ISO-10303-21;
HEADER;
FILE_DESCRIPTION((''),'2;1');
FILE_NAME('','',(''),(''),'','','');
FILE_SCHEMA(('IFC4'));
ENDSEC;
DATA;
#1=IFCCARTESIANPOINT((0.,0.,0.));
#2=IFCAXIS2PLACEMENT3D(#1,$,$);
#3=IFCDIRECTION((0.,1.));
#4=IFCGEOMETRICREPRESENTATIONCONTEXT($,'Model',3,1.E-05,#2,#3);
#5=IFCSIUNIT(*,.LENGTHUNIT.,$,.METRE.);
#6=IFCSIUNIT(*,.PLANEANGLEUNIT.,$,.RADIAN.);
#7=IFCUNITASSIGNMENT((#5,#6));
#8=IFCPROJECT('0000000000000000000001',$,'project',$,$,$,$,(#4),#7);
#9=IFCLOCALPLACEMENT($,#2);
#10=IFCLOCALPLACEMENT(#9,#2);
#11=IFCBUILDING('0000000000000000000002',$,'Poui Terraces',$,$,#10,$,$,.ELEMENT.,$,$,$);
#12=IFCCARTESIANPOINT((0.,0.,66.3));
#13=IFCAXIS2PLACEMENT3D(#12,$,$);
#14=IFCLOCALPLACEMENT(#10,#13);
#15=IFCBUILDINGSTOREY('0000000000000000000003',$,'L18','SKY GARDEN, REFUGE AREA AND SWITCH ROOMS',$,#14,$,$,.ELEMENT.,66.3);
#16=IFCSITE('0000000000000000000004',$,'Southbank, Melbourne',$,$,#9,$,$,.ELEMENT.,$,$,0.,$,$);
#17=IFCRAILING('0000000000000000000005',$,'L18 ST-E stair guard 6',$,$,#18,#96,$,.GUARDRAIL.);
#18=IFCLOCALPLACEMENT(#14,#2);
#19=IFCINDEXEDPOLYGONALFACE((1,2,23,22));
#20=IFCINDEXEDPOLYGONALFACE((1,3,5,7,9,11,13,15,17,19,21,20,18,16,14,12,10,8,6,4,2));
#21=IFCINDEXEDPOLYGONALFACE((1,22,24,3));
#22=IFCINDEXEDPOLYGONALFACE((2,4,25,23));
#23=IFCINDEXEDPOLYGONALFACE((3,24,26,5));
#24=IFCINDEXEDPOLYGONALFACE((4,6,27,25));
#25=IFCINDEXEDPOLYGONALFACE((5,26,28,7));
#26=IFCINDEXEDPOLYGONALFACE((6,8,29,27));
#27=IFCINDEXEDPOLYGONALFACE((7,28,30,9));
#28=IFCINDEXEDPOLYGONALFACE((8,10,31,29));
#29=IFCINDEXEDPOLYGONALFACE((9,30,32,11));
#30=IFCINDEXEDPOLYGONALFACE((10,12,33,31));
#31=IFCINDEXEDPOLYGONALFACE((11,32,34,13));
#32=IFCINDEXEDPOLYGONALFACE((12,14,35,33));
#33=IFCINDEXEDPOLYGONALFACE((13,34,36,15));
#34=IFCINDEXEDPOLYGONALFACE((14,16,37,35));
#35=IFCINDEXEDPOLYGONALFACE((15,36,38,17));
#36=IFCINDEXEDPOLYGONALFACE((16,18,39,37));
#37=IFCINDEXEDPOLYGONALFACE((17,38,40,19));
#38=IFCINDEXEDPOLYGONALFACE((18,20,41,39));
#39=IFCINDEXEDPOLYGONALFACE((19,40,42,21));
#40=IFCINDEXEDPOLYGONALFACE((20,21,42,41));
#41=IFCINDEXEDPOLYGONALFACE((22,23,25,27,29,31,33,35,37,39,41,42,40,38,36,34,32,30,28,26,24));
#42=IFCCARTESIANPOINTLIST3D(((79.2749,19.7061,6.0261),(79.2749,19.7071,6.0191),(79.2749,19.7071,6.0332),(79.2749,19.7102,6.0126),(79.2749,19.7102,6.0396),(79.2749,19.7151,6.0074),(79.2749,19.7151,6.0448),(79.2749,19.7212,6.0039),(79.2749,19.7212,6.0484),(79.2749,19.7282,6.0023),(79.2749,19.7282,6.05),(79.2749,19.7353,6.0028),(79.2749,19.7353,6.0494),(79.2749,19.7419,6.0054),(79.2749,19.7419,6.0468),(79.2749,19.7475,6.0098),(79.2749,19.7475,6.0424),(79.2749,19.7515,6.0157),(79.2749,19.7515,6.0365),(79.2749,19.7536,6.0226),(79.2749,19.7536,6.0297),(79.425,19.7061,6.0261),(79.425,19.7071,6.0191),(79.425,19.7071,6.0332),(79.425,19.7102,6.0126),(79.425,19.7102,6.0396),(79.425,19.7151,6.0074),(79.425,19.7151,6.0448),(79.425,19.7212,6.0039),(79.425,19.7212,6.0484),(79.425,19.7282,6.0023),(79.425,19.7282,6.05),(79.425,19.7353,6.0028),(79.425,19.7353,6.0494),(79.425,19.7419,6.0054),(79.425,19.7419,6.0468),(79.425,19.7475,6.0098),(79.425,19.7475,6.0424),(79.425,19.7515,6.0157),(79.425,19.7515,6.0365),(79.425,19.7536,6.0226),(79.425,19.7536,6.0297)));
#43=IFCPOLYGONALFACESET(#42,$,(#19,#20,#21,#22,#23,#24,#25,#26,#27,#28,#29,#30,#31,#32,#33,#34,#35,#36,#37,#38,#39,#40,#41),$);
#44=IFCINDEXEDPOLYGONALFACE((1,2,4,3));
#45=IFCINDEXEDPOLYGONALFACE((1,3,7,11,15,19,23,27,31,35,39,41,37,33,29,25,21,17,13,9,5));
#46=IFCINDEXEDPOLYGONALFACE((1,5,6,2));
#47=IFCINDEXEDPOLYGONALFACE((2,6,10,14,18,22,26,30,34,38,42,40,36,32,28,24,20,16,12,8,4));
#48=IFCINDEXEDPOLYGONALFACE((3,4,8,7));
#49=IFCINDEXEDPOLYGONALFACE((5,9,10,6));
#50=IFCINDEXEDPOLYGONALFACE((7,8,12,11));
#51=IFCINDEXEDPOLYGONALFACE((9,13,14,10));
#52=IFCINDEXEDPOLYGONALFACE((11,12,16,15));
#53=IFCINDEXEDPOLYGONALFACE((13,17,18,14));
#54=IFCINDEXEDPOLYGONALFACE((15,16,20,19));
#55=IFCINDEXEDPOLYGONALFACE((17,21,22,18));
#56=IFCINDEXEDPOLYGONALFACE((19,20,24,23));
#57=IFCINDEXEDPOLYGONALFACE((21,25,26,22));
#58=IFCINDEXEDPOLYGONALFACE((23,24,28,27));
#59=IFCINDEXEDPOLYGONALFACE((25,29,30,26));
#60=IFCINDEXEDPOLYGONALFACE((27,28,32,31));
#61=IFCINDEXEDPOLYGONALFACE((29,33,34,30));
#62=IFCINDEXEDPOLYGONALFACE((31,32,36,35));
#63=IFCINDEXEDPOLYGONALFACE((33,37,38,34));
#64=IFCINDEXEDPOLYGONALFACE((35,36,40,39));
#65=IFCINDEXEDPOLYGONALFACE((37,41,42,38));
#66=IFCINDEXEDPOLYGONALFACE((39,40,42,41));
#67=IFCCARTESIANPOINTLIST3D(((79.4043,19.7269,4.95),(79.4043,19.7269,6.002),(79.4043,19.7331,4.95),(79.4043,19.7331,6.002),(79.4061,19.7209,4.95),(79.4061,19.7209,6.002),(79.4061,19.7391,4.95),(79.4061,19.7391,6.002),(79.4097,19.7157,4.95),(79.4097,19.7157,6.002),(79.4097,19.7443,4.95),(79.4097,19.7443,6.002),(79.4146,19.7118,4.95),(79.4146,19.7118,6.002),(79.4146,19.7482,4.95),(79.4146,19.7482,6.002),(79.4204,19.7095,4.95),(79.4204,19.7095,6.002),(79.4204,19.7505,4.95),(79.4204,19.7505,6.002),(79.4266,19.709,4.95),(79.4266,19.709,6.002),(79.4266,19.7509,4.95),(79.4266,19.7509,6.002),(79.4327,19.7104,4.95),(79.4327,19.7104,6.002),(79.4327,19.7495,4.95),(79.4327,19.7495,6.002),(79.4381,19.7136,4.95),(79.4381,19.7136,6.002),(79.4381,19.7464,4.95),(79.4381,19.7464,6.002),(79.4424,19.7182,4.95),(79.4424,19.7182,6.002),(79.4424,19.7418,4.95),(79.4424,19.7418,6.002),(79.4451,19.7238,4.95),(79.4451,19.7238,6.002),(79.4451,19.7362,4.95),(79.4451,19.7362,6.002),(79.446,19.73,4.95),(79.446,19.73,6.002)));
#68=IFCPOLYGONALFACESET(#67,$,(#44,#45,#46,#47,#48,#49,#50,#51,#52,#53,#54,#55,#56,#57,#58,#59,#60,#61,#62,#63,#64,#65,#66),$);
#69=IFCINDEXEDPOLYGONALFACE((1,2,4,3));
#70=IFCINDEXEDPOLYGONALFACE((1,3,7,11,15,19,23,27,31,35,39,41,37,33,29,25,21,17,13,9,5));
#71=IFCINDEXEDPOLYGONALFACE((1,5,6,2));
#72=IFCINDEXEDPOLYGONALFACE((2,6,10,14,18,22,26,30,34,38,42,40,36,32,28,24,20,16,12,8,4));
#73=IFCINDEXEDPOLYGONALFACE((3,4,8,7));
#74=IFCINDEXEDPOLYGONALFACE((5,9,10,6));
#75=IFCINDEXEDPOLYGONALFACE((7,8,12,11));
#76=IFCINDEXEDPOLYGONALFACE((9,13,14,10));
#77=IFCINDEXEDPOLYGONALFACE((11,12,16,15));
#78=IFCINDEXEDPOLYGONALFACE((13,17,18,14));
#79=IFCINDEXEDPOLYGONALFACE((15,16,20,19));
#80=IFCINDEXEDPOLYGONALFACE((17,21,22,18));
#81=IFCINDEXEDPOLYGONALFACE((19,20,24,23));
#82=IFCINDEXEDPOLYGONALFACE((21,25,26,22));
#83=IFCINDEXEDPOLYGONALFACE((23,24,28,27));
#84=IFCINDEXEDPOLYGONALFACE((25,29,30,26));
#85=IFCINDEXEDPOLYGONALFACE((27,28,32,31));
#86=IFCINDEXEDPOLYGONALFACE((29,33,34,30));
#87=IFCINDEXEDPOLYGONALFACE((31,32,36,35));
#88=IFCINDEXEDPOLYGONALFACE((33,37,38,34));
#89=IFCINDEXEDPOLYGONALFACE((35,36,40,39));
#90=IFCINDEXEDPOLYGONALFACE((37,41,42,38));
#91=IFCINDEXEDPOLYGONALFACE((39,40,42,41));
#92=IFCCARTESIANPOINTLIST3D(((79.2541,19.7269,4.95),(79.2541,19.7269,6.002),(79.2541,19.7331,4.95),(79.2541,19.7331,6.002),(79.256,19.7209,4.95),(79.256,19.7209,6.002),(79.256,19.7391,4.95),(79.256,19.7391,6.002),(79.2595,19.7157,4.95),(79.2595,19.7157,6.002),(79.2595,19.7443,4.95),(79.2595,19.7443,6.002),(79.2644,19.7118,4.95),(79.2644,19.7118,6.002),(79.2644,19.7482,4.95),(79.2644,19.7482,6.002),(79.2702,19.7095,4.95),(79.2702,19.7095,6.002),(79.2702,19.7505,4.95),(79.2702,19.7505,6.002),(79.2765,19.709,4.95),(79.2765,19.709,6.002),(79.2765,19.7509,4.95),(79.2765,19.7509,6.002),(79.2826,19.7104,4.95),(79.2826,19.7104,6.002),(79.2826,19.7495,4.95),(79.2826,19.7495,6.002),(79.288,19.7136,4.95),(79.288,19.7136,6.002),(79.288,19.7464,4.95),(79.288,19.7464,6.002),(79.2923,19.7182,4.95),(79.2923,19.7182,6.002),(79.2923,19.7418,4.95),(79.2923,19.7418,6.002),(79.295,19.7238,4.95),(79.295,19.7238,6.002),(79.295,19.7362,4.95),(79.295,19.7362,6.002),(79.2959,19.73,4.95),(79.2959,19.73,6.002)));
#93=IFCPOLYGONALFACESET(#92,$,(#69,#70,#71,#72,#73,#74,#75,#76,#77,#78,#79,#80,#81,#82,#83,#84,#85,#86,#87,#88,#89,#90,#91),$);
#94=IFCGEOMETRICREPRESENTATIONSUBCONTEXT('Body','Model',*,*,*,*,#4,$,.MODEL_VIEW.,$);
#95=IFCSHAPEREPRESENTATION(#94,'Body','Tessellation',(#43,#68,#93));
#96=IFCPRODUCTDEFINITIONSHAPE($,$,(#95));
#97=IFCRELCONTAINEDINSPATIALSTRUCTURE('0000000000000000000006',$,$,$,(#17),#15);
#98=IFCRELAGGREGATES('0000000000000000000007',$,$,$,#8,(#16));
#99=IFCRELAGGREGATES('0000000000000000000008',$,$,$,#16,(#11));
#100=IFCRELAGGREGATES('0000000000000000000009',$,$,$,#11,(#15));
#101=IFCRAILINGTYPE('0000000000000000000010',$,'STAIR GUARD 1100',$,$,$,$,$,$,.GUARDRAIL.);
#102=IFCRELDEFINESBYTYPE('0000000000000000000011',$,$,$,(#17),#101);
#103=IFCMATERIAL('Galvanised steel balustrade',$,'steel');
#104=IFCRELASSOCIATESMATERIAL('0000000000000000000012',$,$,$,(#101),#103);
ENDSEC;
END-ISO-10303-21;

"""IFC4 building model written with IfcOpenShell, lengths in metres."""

from ifc_helpers import new_model, si_unit, direction, frame, origin, origin_2d, place, context, subcontext, project, spatial, circle, extrude, material, type_object, element, save


model = new_model("IFC4")

# Units and contexts
model_context = context("Model", 3, precision=1e-05, world=origin(), true_north=direction((0.0, 1.0)))
body_context = subcontext(model_context, "Body", "Model", "MODEL_VIEW")
ifc_project = project(units=[si_unit("LENGTHUNIT", "METRE"), si_unit("PLANEANGLEUNIT", "RADIAN")], contexts=[model_context])

# Site, building, storey
site_placement = place(None, origin())
site = spatial("IfcSite", under=ifc_project, at=site_placement, Name="Southbank, Melbourne", CompositionType="ELEMENT", RefElevation=0.0)
building_placement = place(site_placement, origin())
building = spatial("IfcBuilding", under=site, at=building_placement, Name="Poui Terraces", CompositionType="ELEMENT")
storey_placement = place(building_placement, frame((0.0, 0.0, 66.3)))
storey = spatial("IfcBuildingStorey", under=building, at=storey_placement, Name="L18", Description="SKY GARDEN, REFUGE AREA AND SWITCH ROOMS", CompositionType="ELEMENT", Elevation=66.3)

# Railing
ifc_material_1 = material(Name="Galvanised steel balustrade", Category="steel")
railing_type_1 = type_object("IfcRailingType", Name="STAIR GUARD 1100", PredefinedType="GUARDRAIL", material=ifc_material_1)
railing_placement = place(storey_placement, frame((79.425, 19.73, 4.95)))
element("IfcRailing", 1, at=railing_placement, inside=storey, type_object=railing_type_1, Name="L18 ST-E stair guard 6", PredefinedType="GUARDRAIL", context=body_context, shape_type="SweptSolid", body=[
    extrude(circle(Radius=0.0239, at=origin_2d()), frame((0.0, 0.0, 1.0762), z_axis=(-1.0, 0.0, 0.0), x_axis=(0.0, -1.0, 0.0)), (0.0, 0.0, 1.0), 0.1501),
    extrude(circle(Radius=0.021, at=origin_2d()), origin(), (0.0, 0.0, 1.0), 1.052),
    extrude(circle(Radius=0.021, at=origin_2d()), frame((-0.1501, 0.0, 0.0)), (0.0, 0.0, 1.0), 1.052),
])

save(model, "model.ifc")
